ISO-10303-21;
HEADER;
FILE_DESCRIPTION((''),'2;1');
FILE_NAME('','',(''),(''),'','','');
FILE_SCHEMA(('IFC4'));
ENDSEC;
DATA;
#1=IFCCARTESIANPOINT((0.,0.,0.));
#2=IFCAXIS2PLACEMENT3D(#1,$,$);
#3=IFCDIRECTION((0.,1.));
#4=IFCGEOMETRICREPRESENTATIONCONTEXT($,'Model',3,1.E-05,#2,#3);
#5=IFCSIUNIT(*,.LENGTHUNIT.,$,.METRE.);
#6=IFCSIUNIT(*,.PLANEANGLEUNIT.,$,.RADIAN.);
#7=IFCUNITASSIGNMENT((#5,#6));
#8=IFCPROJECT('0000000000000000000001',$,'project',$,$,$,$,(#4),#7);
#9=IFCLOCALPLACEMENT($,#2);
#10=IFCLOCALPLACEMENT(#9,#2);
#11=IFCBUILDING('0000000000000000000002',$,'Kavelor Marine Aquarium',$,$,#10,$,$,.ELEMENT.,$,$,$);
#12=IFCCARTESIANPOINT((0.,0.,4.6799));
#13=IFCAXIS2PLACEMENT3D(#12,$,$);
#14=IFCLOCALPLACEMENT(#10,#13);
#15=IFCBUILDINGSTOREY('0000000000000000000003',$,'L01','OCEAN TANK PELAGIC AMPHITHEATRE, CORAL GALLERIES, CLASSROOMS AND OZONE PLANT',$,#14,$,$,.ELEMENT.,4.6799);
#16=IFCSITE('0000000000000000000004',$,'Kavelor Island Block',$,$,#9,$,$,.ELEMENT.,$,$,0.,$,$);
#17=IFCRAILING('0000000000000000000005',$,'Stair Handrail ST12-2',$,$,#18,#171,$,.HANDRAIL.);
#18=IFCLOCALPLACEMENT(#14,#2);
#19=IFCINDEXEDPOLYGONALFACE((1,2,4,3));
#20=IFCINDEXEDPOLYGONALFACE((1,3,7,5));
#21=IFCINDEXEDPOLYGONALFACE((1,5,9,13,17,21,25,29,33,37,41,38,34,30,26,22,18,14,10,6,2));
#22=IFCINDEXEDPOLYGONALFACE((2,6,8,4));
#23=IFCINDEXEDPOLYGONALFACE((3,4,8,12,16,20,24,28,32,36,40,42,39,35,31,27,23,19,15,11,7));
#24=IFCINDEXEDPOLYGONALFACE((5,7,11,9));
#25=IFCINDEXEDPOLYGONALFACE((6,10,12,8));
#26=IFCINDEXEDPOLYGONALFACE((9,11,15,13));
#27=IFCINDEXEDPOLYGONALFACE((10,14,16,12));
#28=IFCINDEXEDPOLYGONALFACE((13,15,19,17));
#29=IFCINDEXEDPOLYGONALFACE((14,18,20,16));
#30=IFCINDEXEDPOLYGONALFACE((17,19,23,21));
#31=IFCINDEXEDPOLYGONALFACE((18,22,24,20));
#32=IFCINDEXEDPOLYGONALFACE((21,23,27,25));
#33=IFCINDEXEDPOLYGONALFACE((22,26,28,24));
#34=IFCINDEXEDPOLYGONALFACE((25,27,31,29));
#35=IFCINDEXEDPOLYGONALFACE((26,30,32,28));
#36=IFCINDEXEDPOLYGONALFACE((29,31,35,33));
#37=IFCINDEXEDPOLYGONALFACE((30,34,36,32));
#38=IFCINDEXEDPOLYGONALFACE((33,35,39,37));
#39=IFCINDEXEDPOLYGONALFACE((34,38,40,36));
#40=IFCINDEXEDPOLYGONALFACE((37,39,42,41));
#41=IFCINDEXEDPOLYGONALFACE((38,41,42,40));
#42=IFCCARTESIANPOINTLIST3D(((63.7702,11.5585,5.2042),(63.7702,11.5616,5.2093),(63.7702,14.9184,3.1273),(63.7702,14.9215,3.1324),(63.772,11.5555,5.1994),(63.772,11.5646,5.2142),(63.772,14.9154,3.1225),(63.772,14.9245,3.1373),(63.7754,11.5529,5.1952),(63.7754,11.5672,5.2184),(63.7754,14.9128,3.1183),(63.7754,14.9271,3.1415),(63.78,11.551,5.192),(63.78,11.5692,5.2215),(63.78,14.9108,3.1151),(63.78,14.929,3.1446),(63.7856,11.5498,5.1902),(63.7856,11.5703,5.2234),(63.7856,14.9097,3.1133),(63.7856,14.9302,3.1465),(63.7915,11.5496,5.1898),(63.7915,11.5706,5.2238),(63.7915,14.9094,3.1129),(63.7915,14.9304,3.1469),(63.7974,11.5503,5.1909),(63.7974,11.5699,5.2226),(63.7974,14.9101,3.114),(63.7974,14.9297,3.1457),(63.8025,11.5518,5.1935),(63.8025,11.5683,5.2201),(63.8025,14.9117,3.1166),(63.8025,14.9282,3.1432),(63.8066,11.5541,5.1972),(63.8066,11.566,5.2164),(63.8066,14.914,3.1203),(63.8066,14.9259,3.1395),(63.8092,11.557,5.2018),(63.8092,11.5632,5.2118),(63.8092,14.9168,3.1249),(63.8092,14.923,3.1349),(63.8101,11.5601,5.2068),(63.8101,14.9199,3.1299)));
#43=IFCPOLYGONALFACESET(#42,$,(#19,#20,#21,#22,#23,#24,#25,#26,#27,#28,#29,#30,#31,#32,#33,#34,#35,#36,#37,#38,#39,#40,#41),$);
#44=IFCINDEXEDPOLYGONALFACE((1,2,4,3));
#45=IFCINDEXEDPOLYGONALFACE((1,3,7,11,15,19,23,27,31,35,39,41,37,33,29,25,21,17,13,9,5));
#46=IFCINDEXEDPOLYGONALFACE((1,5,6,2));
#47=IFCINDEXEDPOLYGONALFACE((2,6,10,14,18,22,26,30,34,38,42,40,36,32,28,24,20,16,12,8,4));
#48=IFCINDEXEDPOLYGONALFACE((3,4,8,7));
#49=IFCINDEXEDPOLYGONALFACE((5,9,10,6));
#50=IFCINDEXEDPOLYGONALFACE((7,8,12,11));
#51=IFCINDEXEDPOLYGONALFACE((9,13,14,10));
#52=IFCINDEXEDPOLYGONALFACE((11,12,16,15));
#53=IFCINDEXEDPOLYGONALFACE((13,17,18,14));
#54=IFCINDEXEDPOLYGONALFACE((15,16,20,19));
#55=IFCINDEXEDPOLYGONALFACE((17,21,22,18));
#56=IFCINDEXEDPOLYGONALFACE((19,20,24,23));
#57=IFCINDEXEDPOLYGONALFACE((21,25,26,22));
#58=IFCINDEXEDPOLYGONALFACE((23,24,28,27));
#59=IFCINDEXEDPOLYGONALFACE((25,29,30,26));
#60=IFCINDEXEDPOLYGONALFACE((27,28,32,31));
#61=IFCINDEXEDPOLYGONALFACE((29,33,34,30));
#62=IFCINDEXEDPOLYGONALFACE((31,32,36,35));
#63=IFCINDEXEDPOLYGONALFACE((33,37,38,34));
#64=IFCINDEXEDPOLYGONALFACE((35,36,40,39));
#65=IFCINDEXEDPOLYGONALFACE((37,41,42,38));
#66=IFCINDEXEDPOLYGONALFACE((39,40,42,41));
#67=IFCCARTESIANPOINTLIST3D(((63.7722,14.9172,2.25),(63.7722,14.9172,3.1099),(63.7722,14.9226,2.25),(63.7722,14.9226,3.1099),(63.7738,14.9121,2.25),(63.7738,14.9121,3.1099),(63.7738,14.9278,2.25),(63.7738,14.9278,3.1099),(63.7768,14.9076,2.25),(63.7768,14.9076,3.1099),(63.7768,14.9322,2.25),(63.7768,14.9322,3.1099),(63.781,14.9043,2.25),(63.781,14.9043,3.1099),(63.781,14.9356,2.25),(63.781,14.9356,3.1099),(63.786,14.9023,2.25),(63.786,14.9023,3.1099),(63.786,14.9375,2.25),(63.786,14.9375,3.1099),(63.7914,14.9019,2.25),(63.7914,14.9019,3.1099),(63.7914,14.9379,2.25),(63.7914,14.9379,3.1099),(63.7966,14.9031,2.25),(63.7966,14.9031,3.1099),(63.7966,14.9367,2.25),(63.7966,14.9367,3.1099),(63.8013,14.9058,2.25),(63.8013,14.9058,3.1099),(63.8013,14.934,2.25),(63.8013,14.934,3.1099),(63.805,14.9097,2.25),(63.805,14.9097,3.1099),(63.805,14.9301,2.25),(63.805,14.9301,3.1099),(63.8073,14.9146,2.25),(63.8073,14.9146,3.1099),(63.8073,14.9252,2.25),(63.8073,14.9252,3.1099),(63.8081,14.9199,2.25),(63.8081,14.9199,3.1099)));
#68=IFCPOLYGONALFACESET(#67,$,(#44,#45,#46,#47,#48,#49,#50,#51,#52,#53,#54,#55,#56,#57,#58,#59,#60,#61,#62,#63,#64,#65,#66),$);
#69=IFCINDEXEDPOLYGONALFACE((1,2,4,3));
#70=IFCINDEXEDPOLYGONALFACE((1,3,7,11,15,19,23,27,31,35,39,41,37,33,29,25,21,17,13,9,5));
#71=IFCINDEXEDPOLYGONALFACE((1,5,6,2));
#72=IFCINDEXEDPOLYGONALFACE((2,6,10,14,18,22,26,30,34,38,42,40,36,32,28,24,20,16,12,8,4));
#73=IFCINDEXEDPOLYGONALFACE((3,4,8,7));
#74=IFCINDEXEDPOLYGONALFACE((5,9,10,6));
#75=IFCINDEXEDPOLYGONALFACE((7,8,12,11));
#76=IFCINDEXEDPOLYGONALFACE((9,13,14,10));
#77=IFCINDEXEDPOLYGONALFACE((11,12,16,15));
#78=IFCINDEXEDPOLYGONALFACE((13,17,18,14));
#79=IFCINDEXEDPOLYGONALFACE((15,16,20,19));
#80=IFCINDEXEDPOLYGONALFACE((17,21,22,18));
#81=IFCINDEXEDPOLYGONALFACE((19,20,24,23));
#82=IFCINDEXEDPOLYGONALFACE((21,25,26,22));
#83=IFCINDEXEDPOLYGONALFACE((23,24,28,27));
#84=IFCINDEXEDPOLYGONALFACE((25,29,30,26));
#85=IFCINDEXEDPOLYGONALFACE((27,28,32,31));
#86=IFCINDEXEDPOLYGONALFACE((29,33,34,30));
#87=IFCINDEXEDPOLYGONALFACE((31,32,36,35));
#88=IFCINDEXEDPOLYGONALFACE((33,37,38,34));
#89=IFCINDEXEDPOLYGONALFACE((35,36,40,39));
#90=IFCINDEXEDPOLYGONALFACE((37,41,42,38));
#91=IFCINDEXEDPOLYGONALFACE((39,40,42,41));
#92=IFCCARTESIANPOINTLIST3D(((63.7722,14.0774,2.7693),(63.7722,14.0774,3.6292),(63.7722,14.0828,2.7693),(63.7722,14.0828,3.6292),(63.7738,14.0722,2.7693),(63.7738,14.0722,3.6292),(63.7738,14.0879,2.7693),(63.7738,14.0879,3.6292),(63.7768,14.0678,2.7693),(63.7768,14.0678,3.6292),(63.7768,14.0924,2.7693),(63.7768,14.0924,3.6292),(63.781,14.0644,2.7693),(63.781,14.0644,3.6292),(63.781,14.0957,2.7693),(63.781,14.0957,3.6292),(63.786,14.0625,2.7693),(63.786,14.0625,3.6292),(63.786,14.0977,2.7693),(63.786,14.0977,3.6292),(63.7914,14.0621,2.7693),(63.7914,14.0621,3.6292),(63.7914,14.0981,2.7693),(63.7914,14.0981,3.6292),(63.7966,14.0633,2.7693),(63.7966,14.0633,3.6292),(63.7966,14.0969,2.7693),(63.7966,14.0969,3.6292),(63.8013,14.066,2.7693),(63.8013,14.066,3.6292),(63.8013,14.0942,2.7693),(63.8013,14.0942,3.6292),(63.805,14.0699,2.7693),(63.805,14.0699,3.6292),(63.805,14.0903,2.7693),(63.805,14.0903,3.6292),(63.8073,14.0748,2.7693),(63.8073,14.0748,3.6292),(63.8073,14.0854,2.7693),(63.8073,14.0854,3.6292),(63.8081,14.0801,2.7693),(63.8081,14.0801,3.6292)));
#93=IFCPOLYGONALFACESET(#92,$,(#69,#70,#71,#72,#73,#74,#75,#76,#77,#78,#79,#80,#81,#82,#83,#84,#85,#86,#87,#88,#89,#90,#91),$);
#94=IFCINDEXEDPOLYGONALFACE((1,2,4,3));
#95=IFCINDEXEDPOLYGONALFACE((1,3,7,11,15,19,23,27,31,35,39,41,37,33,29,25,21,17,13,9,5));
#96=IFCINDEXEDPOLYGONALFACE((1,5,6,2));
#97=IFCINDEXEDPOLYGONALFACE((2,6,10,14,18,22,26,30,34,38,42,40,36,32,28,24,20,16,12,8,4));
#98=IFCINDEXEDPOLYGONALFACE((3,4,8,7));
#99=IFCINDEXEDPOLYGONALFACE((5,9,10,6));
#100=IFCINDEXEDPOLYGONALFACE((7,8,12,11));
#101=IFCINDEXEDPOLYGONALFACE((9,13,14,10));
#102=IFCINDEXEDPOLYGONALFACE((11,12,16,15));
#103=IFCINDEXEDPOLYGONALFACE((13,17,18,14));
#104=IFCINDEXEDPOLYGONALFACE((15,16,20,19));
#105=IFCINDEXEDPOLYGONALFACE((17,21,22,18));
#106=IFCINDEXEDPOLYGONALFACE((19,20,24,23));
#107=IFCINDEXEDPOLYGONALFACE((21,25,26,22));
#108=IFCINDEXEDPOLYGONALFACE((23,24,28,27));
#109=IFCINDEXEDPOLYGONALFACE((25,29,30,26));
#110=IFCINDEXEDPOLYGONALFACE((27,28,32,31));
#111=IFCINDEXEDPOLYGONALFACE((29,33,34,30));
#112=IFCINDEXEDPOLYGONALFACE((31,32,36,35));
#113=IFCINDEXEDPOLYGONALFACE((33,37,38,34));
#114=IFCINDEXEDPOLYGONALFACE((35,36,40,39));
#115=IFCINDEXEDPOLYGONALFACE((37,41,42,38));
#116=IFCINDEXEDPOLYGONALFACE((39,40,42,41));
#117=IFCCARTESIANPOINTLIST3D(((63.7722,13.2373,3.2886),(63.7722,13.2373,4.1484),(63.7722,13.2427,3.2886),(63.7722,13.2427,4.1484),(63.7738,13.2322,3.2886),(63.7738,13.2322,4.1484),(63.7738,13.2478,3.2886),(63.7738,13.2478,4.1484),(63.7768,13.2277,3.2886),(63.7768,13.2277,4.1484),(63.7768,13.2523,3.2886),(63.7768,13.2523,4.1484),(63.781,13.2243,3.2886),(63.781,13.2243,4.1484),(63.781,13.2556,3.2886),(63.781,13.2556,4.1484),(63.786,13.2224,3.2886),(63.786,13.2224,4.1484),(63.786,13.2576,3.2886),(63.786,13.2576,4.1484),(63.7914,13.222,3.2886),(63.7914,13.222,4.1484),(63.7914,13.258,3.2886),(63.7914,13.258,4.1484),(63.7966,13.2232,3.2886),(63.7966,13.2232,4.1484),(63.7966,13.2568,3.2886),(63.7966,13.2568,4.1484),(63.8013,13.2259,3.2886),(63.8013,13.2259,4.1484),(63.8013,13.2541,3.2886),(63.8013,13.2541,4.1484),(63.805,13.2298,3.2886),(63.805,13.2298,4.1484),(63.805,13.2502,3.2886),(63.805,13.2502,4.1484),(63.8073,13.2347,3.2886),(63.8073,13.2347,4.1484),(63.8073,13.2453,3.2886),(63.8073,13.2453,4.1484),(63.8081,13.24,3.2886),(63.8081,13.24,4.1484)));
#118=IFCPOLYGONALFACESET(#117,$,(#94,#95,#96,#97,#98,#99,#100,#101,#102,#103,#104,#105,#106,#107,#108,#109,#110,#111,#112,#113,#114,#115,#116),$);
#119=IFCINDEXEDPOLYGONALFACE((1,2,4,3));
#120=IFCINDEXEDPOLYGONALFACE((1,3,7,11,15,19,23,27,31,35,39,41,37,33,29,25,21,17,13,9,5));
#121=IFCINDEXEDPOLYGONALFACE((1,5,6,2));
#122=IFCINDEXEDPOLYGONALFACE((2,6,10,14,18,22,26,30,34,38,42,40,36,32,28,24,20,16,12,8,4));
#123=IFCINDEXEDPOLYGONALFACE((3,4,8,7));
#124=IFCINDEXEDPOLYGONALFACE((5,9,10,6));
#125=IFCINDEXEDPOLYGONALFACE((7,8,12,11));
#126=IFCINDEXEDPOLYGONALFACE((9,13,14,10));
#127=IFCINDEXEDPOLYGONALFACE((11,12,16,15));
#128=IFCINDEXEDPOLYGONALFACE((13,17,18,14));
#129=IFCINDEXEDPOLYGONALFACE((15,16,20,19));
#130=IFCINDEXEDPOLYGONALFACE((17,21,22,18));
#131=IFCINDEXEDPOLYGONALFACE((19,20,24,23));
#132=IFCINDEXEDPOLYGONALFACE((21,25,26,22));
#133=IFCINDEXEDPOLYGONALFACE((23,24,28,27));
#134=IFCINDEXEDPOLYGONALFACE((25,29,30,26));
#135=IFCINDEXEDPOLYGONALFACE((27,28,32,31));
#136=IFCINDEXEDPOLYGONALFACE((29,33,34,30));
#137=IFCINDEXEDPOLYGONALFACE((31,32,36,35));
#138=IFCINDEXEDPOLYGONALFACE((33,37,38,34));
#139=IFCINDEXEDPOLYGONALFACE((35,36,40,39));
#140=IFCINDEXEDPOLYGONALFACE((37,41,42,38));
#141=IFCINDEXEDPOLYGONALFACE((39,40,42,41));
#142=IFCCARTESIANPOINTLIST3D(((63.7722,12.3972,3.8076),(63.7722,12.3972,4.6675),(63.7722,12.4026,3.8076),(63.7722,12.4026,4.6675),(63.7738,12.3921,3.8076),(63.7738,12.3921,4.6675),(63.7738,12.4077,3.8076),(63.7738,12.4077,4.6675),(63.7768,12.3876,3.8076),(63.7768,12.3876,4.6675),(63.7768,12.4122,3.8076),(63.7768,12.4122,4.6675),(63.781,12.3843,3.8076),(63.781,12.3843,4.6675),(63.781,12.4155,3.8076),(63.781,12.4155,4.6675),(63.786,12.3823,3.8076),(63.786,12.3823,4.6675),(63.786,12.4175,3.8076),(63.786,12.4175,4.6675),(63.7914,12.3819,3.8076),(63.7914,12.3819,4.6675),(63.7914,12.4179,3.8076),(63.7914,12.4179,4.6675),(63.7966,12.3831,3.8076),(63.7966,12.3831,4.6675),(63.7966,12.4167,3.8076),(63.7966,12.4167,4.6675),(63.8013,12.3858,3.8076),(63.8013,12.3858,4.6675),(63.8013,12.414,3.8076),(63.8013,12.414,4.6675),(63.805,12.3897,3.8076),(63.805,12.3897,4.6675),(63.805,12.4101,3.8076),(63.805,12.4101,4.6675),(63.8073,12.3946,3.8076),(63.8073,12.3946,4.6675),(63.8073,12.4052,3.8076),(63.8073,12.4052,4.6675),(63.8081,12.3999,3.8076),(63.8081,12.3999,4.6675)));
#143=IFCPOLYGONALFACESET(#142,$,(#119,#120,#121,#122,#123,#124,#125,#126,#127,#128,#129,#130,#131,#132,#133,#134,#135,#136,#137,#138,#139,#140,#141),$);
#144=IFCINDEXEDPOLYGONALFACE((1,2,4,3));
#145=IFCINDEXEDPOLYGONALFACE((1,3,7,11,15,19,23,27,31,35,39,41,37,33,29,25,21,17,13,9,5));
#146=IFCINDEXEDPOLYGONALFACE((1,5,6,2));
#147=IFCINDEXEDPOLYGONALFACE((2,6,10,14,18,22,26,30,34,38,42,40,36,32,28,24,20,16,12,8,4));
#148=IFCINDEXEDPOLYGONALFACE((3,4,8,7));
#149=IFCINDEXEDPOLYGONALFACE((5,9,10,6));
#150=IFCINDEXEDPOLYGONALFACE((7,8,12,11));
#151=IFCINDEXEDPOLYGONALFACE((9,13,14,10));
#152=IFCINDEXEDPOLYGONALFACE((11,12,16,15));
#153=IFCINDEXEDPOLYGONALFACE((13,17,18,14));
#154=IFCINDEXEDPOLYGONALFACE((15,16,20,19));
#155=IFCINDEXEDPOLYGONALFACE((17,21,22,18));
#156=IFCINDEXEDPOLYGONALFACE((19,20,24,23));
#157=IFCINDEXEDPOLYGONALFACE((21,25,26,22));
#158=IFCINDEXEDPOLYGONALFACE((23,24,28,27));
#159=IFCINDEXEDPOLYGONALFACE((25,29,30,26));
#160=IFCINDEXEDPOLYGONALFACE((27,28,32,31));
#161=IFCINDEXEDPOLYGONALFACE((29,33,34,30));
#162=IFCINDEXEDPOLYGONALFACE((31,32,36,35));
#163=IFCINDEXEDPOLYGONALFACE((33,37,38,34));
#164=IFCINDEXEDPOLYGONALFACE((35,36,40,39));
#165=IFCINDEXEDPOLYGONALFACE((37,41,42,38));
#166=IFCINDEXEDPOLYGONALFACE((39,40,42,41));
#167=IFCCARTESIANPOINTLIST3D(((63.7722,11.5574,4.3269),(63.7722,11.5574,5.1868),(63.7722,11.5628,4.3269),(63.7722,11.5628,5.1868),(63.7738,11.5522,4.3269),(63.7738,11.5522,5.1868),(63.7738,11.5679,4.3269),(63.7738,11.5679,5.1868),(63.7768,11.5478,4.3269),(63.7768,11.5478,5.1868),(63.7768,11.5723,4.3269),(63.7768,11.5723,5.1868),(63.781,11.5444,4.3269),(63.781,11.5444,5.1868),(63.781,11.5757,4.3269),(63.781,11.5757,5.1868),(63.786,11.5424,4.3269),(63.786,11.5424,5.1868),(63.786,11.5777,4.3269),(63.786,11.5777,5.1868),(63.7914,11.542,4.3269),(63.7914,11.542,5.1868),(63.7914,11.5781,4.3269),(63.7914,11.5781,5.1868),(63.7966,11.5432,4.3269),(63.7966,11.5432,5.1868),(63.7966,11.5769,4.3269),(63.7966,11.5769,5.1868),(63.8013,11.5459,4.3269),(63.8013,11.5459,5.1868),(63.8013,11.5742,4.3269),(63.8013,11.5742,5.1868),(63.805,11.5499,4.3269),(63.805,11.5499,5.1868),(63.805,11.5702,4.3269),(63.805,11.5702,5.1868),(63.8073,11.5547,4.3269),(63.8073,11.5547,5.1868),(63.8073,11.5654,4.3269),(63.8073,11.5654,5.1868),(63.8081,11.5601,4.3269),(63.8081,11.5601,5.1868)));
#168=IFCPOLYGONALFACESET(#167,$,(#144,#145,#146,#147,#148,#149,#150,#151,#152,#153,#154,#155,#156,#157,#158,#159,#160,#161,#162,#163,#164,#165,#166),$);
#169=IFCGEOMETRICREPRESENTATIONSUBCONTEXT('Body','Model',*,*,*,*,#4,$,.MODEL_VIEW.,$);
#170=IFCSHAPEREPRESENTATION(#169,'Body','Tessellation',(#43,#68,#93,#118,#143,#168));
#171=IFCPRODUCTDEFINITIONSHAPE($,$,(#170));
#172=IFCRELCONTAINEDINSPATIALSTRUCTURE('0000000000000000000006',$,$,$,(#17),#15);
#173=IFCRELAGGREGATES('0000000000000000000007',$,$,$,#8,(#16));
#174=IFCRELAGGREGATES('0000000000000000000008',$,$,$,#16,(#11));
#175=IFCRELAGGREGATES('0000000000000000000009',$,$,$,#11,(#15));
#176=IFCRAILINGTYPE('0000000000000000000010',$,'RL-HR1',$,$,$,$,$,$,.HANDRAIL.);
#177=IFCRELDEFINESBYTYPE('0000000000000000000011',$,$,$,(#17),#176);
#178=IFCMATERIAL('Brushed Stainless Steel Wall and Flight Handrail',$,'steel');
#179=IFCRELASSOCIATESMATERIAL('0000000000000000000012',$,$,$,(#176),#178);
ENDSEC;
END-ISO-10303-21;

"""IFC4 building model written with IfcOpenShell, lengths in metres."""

from ifc_helpers import new_model, si_unit, direction, frame, origin, origin_2d, place, context, subcontext, project, spatial, circle, extrude, material, type_object, element, save


model = new_model("IFC4")

# Units and contexts
model_context = context("Model", 3, precision=1e-05, world=origin(), true_north=direction((0.0, 1.0)))
body_context = subcontext(model_context, "Body", "Model", "MODEL_VIEW")
ifc_project = project(units=[si_unit("LENGTHUNIT", "METRE"), si_unit("PLANEANGLEUNIT", "RADIAN")], contexts=[model_context])

# Site, building, storey
site_placement = place(None, origin())
site = spatial("IfcSite", under=ifc_project, at=site_placement, Name="Kavelor Island Block", CompositionType="ELEMENT", RefElevation=0.0)
building_placement = place(site_placement, origin())
building = spatial("IfcBuilding", under=site, at=building_placement, Name="Kavelor Marine Aquarium", CompositionType="ELEMENT")
storey_placement = place(building_placement, frame((0.0, 0.0, 4.6799)))
storey = spatial("IfcBuildingStorey", under=building, at=storey_placement, Name="L01", Description="OCEAN TANK PELAGIC AMPHITHEATRE, CORAL GALLERIES, CLASSROOMS AND OZONE PLANT", CompositionType="ELEMENT", Elevation=4.6799)

# Railing
ifc_material_1 = material(Name="Brushed Stainless Steel Wall and Flight Handrail", Category="steel")
railing_type_1 = type_object("IfcRailingType", Name="RL-HR1", PredefinedType="HANDRAIL", material=ifc_material_1)
railing_1_placement = place(storey_placement, frame((63.79, 14.9199, 2.25)))
element("IfcRailing", 1, at=railing_1_placement, inside=storey, type_object=railing_type_1, Name="Stair Handrail ST12-2", PredefinedType="HANDRAIL", context=body_context, shape_type="SweptSolid", body=[
    extrude(circle(Radius=0.02, at=origin_2d()), frame((0.0, 0.0, 0.8799), z_axis=(0.0, -0.850606, 0.525803), x_axis=(1.0, 0.0, 0.0)), (0.0, 0.0, 1.0), 3.95),
    extrude(circle(Radius=0.0181, at=origin_2d()), origin(), (0.0, 0.0, 1.0), 0.8599),
    extrude(circle(Radius=0.0181, at=origin_2d()), frame((0.0, -0.8398, 0.5193)), (0.0, 0.0, 1.0), 0.8599),
    extrude(circle(Radius=0.0181, at=origin_2d()), frame((0.0, -1.6799, 1.0386)), (0.0, 0.0, 1.0), 0.8599),
    extrude(circle(Radius=0.0181, at=origin_2d()), frame((0.0, -2.52, 1.5576)), (0.0, 0.0, 1.0), 0.8599),
    extrude(circle(Radius=0.0181, at=origin_2d()), frame((0.0, -3.3599, 2.0769)), (0.0, 0.0, 1.0), 0.8599),
])

save(model, "model.ifc")
